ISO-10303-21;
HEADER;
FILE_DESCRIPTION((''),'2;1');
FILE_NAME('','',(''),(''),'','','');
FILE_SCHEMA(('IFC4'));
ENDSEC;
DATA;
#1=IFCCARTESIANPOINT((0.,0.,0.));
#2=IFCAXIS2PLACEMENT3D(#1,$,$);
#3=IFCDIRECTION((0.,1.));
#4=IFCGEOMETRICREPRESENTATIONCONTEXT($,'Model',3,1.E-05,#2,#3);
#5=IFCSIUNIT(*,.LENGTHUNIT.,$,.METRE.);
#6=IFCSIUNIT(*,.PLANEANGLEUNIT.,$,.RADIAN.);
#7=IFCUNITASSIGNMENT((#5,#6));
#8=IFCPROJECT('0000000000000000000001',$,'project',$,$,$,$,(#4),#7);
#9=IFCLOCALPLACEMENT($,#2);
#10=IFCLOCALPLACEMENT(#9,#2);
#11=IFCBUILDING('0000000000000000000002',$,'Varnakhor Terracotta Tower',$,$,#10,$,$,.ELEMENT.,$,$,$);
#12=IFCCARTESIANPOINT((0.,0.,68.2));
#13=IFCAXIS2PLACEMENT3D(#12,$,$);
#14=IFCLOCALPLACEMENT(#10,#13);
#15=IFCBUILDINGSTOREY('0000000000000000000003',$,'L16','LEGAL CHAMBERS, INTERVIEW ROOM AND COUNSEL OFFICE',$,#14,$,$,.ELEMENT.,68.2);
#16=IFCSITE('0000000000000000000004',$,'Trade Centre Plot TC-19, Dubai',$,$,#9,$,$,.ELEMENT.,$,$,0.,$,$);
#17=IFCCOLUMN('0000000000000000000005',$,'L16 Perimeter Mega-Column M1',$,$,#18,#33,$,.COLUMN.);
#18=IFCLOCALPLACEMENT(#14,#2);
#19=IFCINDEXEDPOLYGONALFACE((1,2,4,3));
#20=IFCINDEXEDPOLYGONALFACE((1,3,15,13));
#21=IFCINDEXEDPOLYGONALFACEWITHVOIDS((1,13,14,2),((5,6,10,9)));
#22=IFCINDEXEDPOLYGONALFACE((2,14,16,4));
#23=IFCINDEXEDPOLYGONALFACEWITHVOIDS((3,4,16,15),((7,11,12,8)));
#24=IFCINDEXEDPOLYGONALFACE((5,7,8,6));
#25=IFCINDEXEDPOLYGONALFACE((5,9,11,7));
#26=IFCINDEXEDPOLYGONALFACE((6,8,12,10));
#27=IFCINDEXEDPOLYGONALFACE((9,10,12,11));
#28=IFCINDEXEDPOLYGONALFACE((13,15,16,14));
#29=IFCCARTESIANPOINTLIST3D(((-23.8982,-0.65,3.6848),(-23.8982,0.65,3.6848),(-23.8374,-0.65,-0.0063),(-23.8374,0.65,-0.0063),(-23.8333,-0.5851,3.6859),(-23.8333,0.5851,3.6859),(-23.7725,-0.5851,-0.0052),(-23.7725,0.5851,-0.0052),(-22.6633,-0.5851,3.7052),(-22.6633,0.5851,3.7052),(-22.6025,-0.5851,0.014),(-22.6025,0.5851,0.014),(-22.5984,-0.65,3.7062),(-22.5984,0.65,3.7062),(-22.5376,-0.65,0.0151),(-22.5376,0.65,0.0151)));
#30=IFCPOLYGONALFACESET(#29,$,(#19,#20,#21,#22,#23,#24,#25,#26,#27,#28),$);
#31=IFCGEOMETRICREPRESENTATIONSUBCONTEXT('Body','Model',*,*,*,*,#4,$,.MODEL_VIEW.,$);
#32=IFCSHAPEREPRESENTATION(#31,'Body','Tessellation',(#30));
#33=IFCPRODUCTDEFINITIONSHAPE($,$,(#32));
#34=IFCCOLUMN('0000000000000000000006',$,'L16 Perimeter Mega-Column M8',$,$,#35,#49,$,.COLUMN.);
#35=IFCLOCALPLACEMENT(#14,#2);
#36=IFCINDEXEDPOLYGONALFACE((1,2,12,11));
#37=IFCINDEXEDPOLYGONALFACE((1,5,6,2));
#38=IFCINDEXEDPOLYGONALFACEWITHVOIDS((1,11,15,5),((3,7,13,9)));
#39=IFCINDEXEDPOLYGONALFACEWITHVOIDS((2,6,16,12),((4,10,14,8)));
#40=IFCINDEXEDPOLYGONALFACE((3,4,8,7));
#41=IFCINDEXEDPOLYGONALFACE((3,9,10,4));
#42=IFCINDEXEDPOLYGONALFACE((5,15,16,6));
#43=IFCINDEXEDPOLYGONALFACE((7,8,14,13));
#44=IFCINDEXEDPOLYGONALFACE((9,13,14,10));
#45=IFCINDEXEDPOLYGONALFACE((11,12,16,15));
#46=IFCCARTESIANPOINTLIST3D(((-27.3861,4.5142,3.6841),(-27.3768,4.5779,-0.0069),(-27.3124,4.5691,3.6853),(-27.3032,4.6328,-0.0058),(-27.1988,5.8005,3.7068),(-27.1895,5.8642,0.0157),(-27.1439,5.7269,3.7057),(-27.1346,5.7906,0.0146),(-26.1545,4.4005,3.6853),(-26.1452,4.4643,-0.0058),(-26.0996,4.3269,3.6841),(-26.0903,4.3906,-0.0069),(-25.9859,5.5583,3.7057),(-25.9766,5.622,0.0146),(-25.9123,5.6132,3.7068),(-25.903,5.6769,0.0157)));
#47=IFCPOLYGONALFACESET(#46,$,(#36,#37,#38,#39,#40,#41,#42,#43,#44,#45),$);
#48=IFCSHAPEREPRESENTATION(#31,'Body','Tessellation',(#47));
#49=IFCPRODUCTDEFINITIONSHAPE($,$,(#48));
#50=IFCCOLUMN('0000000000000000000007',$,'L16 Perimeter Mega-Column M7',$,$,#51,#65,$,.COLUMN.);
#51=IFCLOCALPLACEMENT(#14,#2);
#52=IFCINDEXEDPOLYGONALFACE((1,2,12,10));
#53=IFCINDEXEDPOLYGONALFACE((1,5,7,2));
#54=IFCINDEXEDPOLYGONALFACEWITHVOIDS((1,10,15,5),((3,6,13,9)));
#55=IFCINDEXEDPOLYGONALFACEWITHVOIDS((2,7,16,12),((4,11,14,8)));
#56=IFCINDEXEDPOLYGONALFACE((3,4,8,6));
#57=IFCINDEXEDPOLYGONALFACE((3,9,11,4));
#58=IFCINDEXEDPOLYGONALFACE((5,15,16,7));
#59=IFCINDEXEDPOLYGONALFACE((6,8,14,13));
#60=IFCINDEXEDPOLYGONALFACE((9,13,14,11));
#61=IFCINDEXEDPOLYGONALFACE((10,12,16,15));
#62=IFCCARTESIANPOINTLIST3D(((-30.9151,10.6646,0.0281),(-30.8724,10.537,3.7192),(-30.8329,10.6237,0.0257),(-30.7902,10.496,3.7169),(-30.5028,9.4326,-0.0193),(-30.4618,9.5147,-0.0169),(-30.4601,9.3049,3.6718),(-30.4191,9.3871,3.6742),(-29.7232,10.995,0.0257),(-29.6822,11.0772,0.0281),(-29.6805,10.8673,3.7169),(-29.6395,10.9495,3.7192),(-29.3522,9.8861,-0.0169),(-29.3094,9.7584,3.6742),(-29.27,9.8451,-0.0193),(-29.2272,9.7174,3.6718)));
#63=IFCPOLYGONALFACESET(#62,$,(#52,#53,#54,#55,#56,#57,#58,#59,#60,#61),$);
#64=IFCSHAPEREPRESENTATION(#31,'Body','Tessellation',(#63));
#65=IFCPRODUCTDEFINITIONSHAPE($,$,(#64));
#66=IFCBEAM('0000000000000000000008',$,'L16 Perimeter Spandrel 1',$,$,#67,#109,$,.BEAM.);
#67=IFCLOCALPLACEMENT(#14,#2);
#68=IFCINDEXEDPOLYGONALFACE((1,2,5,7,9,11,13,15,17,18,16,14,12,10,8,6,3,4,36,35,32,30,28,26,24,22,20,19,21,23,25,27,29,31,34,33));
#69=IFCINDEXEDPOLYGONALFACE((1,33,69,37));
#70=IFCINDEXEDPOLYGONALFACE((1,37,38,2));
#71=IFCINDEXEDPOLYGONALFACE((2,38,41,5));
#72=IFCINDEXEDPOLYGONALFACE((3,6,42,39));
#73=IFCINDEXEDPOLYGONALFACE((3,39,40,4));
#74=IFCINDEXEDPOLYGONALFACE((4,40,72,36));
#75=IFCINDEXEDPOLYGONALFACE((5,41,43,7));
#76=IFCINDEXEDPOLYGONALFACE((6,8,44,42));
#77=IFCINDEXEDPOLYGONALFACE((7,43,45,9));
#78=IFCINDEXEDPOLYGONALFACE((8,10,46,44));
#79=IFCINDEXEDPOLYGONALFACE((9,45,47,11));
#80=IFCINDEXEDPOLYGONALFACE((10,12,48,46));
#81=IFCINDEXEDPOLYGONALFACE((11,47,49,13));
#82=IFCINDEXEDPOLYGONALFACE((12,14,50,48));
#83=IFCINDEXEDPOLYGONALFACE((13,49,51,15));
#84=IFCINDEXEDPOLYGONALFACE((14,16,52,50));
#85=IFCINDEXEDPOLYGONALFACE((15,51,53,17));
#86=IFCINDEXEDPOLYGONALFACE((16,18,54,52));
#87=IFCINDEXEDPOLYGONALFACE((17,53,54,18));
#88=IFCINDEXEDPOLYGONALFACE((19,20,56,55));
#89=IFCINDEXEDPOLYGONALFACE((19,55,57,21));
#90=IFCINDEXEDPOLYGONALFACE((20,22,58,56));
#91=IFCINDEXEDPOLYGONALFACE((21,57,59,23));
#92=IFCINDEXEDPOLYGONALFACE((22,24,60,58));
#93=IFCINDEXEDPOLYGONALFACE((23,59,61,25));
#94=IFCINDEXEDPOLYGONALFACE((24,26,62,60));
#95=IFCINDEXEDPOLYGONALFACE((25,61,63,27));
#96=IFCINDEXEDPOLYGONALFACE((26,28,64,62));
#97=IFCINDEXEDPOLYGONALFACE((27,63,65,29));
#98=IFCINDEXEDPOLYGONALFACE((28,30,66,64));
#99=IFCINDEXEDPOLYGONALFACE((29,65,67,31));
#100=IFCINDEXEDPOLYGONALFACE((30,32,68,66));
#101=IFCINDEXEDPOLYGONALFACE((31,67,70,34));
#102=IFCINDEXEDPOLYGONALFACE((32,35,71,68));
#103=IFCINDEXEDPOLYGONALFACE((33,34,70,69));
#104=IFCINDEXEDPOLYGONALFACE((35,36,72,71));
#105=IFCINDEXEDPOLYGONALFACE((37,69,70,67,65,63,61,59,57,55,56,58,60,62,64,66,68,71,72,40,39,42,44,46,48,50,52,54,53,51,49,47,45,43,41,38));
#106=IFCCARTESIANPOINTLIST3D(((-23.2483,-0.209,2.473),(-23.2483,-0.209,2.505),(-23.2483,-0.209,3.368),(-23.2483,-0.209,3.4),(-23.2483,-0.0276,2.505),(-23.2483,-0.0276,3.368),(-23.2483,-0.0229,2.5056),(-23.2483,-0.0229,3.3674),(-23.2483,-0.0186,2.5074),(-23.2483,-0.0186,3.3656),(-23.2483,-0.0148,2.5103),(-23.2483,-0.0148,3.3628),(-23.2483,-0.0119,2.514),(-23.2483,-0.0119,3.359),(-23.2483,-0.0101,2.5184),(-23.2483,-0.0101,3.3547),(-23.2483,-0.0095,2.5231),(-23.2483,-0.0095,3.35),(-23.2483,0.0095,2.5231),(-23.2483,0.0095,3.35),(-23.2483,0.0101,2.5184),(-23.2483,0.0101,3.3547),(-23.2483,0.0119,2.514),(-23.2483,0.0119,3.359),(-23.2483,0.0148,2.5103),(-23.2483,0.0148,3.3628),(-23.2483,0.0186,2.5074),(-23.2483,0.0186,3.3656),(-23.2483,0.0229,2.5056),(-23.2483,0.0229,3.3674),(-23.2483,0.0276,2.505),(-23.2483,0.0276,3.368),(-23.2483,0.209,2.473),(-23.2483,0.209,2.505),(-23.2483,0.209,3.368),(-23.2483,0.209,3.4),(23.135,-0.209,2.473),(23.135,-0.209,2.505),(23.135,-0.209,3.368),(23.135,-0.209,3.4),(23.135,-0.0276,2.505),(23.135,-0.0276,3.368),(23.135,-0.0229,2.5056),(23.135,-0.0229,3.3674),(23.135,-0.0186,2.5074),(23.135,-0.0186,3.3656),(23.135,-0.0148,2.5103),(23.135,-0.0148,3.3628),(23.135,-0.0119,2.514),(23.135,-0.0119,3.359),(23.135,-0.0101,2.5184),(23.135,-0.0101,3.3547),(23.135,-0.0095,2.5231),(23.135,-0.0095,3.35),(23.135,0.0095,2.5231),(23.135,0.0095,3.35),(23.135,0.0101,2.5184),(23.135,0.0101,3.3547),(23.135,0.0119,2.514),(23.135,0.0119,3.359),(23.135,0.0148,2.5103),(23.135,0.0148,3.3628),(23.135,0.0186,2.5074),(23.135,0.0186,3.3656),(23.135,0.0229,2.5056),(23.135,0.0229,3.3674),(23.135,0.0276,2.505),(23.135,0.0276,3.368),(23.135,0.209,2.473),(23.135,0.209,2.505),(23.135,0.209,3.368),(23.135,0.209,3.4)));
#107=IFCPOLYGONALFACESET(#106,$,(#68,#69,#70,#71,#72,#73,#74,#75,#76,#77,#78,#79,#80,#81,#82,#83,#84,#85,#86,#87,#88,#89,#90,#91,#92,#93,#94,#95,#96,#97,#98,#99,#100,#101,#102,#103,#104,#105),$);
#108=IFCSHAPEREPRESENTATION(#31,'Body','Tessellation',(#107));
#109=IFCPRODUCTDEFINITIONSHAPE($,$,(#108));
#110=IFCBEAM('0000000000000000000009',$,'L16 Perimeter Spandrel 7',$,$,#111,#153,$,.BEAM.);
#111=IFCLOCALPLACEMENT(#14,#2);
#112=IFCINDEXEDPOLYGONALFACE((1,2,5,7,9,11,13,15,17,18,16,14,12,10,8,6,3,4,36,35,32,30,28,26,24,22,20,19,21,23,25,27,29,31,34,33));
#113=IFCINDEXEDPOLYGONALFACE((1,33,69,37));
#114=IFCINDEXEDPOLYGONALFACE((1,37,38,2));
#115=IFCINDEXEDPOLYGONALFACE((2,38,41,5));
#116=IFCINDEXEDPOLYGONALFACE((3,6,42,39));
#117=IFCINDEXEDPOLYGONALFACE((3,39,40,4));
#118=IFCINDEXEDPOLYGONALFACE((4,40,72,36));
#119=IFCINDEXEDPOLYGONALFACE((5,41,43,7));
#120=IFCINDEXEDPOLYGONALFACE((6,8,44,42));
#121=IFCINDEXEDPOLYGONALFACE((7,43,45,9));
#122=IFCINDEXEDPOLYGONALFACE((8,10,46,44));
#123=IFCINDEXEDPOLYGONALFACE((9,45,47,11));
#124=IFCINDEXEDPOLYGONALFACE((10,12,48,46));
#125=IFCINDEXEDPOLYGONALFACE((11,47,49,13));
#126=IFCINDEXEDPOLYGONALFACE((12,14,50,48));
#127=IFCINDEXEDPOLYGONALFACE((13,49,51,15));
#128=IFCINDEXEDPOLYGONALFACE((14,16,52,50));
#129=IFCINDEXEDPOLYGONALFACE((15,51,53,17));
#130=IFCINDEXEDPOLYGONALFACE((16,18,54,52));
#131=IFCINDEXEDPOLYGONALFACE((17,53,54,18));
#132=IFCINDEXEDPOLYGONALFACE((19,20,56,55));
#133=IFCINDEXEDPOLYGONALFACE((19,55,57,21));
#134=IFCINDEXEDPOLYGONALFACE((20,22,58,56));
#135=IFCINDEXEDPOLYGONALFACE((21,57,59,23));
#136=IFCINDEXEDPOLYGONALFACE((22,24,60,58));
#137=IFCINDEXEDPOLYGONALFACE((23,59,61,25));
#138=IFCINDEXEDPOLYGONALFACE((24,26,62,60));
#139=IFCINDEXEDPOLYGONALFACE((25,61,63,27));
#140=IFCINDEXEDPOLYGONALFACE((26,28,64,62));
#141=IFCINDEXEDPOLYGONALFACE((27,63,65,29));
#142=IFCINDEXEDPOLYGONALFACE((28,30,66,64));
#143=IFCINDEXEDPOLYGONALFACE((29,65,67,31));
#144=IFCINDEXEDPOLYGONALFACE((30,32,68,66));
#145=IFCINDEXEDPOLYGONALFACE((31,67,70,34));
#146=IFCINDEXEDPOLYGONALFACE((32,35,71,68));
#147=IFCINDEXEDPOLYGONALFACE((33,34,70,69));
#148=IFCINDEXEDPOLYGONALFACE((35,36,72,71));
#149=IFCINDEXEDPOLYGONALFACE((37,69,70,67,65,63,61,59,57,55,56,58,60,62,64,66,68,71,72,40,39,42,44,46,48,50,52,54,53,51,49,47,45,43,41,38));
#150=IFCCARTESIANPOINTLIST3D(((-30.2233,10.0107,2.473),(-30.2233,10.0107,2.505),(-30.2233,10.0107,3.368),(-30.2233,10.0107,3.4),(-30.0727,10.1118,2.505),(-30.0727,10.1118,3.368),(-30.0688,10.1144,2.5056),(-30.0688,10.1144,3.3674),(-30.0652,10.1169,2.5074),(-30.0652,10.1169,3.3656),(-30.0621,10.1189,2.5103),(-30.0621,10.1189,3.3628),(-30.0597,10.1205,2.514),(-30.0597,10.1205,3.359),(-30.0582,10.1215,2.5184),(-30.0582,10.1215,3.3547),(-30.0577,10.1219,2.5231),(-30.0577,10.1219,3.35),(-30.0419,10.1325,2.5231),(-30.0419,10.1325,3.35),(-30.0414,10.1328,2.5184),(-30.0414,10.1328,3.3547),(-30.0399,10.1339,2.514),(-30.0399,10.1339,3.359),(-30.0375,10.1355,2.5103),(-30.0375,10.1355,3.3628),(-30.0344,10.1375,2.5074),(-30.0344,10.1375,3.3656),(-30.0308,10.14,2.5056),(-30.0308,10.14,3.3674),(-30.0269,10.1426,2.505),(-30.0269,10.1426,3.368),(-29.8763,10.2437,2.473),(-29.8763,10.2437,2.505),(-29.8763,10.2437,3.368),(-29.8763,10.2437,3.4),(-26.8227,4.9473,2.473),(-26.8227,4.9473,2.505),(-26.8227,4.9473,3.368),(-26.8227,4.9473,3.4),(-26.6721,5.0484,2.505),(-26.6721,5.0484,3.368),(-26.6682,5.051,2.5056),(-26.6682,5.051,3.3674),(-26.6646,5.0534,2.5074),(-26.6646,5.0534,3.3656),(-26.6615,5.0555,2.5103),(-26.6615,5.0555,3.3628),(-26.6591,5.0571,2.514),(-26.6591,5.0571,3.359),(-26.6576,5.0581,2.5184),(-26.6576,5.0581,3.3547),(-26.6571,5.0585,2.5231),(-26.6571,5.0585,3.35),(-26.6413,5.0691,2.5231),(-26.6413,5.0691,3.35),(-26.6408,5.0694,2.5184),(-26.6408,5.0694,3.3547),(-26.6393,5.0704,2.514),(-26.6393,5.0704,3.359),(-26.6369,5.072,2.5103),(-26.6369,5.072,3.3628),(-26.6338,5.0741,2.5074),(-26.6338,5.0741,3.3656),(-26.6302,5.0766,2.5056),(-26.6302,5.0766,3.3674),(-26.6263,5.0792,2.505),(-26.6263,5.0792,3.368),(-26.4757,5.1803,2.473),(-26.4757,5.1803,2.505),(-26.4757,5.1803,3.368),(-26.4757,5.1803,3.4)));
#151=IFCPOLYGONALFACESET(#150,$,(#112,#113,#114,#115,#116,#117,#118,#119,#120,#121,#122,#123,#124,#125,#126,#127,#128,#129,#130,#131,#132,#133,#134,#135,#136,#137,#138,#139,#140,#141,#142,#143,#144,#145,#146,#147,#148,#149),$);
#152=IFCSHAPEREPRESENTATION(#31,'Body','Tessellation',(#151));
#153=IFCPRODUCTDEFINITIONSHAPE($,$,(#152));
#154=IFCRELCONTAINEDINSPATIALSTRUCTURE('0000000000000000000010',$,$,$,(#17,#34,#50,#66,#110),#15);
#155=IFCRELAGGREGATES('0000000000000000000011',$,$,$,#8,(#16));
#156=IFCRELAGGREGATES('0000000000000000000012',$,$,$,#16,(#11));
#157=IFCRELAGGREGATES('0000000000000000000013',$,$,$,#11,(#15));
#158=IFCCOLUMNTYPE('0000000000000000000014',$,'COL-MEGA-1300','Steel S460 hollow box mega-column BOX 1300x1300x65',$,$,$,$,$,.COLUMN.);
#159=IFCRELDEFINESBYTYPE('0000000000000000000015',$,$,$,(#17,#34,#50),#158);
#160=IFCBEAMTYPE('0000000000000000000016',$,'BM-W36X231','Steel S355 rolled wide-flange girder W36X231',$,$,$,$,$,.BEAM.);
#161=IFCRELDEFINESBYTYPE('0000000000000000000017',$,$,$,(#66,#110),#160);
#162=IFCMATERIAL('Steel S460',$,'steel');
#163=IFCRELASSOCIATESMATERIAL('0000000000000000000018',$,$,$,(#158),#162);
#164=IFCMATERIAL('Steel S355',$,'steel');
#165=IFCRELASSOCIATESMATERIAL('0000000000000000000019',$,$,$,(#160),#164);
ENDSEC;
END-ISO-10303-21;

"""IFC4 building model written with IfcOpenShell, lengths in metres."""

from ifc_helpers import new_model, si_unit, direction, frame, origin, origin_2d, place, context, subcontext, project, spatial, hollow_rectangle, i_section, extrude, source, transform, mapped, material, material_profile, profile_set, type_object, element, save


model = new_model("IFC4")

# Units and contexts
model_context = context("Model", 3, precision=1e-05, world=origin(), true_north=direction((0.0, 1.0)))
body_context = subcontext(model_context, "Body", "Model", "MODEL_VIEW")
ifc_project = project(units=[si_unit("LENGTHUNIT", "METRE"), si_unit("PLANEANGLEUNIT", "RADIAN")], contexts=[model_context])

# Site, building, storey
site_placement = place(None, origin())
site = spatial("IfcSite", under=ifc_project, at=site_placement, Name="Trade Centre Plot TC-19, Dubai", CompositionType="ELEMENT", RefElevation=0.0)
building_placement = place(site_placement, origin())
building = spatial("IfcBuilding", under=site, at=building_placement, Name="Varnakhor Terracotta Tower", CompositionType="ELEMENT")
storey_placement = place(building_placement, frame((0.0, 0.0, 68.2)))
storey = spatial("IfcBuildingStorey", under=building, at=storey_placement, Name="L16", Description="LEGAL CHAMBERS, INTERVIEW ROOM AND COUNSEL OFFICE", CompositionType="ELEMENT", Elevation=68.2)

# Columns
ifc_material_1 = material(Name="Steel S460", Category="steel")
ifc_material_profile_1 = material_profile(ifc_material_1, hollow_rectangle(XDim=1.3, YDim=1.3, WallThickness=0.0649, at=origin_2d()), Name="BOX 1300x1300x65")
ifc_profile_set_1 = profile_set([ifc_material_profile_1], Name="Steel S460")
column_type = type_object("IfcColumnType", Name="COL-MEGA-1300", Description="Steel S460 hollow box mega-column BOX 1300x1300x65", PredefinedType="COLUMN", material=ifc_profile_set_1)
shared_shape_1 = source(origin(), body_context, "Body", "SweptSolid", [
    extrude(hollow_rectangle(XDim=1.3, YDim=1.3, WallThickness=0.0649, at=origin_2d()), origin(), (0.0, 0.0, 1.0), 3.6917),
])
for number, where, z_axis, x_axis, name in (
    (1, (-23.1875, 0.0, 0.0044), (-0.016467, 0.0, 0.999864), (0.0, -1.0, 0.0), "L16 Perimeter Mega-Column M1"),
    (2, (-26.6399, 5.1274, 0.0044), (-0.002513, -0.01726, 0.999848), (0.989567, -0.144075, 0.0), "L16 Perimeter Mega-Column M8"),
):
    element("IfcColumn", number, at=place(storey_placement, frame(where, z_axis=z_axis, x_axis=x_axis)), inside=storey, type_object=column_type, Name=name, PredefinedType="COLUMN", context=body_context, shape_type="MappedRepresentation", body=[
        mapped(shared_shape_1, transform((0.0, 0.0, 0.0), scale=1.0)),
    ])
shared_shape_2 = source(origin(), body_context, "Body", "SweptSolid", [
    extrude(hollow_rectangle(XDim=1.3, YDim=1.3, WallThickness=0.0649, at=origin_2d()), origin(), (0.0, 0.0, 1.0), 3.6936),
])
column_placement = place(storey_placement, frame((-30.0925, 10.2549, 0.0044), z_axis=(0.011567, -0.034569, 0.999335), x_axis=(0.94832, 0.317315, 0.0)))
element("IfcColumn", 3, at=column_placement, inside=storey, type_object=column_type, Name="L16 Perimeter Mega-Column M7", PredefinedType="COLUMN", context=body_context, shape_type="MappedRepresentation", body=[
    mapped(shared_shape_2, transform((0.0, 0.0, 0.0), scale=1.0)),
])

# Beams
ifc_material_2 = material(Name="Steel S355", Category="steel")
ifc_material_profile_2 = material_profile(ifc_material_2, i_section(OverallWidth=0.418, OverallDepth=0.927, WebThickness=0.019, FlangeThickness=0.032, FilletRadius=0.0181, at=origin_2d()), Name="W36X231")
ifc_profile_set_2 = profile_set([ifc_material_profile_2], Name="Steel S355")
beam_type_1 = type_object("IfcBeamType", Name="BM-W36X231", Description="Steel S355 rolled wide-flange girder W36X231", PredefinedType="BEAM", material=ifc_profile_set_2)
shared_shape_3 = source(origin(), body_context, "Body", "SweptSolid", [
    extrude(i_section(OverallWidth=0.418, OverallDepth=0.927, WebThickness=0.019, FlangeThickness=0.032, FilletRadius=0.0181, at=origin_2d()), origin(), (0.0, 0.0, 1.0), 46.3833),
])
beam_1_placement = place(storey_placement, frame((-23.2483, 0.0, 2.9365), z_axis=(1.0, 0.0, 0.0), x_axis=(0.0, 1.0, 0.0)))
element("IfcBeam", 4, at=beam_1_placement, inside=storey, type_object=beam_type_1, Name="L16 Perimeter Spandrel 1", PredefinedType="BEAM", context=body_context, shape_type="MappedRepresentation", body=[
    mapped(shared_shape_3, transform((0.0, 0.0, 0.0), scale=1.0)),
])
shared_shape_4 = source(origin(), body_context, "Body", "SweptSolid", [
    extrude(i_section(OverallWidth=0.418, OverallDepth=0.927, WebThickness=0.019, FlangeThickness=0.032, FilletRadius=0.0181, at=origin_2d()), origin(), (0.0, 0.0, 1.0), 6.0994),
])
beam_2_placement = place(storey_placement, frame((-30.0498, 10.1272, 2.9365), z_axis=(0.557533, -0.830155, 0.0), x_axis=(0.830155, 0.557533, 0.0)))
element("IfcBeam", 5, at=beam_2_placement, inside=storey, type_object=beam_type_1, Name="L16 Perimeter Spandrel 7", PredefinedType="BEAM", context=body_context, shape_type="MappedRepresentation", body=[
    mapped(shared_shape_4, transform((0.0, 0.0, 0.0), scale=1.0)),
])

save(model, "model.ifc")
